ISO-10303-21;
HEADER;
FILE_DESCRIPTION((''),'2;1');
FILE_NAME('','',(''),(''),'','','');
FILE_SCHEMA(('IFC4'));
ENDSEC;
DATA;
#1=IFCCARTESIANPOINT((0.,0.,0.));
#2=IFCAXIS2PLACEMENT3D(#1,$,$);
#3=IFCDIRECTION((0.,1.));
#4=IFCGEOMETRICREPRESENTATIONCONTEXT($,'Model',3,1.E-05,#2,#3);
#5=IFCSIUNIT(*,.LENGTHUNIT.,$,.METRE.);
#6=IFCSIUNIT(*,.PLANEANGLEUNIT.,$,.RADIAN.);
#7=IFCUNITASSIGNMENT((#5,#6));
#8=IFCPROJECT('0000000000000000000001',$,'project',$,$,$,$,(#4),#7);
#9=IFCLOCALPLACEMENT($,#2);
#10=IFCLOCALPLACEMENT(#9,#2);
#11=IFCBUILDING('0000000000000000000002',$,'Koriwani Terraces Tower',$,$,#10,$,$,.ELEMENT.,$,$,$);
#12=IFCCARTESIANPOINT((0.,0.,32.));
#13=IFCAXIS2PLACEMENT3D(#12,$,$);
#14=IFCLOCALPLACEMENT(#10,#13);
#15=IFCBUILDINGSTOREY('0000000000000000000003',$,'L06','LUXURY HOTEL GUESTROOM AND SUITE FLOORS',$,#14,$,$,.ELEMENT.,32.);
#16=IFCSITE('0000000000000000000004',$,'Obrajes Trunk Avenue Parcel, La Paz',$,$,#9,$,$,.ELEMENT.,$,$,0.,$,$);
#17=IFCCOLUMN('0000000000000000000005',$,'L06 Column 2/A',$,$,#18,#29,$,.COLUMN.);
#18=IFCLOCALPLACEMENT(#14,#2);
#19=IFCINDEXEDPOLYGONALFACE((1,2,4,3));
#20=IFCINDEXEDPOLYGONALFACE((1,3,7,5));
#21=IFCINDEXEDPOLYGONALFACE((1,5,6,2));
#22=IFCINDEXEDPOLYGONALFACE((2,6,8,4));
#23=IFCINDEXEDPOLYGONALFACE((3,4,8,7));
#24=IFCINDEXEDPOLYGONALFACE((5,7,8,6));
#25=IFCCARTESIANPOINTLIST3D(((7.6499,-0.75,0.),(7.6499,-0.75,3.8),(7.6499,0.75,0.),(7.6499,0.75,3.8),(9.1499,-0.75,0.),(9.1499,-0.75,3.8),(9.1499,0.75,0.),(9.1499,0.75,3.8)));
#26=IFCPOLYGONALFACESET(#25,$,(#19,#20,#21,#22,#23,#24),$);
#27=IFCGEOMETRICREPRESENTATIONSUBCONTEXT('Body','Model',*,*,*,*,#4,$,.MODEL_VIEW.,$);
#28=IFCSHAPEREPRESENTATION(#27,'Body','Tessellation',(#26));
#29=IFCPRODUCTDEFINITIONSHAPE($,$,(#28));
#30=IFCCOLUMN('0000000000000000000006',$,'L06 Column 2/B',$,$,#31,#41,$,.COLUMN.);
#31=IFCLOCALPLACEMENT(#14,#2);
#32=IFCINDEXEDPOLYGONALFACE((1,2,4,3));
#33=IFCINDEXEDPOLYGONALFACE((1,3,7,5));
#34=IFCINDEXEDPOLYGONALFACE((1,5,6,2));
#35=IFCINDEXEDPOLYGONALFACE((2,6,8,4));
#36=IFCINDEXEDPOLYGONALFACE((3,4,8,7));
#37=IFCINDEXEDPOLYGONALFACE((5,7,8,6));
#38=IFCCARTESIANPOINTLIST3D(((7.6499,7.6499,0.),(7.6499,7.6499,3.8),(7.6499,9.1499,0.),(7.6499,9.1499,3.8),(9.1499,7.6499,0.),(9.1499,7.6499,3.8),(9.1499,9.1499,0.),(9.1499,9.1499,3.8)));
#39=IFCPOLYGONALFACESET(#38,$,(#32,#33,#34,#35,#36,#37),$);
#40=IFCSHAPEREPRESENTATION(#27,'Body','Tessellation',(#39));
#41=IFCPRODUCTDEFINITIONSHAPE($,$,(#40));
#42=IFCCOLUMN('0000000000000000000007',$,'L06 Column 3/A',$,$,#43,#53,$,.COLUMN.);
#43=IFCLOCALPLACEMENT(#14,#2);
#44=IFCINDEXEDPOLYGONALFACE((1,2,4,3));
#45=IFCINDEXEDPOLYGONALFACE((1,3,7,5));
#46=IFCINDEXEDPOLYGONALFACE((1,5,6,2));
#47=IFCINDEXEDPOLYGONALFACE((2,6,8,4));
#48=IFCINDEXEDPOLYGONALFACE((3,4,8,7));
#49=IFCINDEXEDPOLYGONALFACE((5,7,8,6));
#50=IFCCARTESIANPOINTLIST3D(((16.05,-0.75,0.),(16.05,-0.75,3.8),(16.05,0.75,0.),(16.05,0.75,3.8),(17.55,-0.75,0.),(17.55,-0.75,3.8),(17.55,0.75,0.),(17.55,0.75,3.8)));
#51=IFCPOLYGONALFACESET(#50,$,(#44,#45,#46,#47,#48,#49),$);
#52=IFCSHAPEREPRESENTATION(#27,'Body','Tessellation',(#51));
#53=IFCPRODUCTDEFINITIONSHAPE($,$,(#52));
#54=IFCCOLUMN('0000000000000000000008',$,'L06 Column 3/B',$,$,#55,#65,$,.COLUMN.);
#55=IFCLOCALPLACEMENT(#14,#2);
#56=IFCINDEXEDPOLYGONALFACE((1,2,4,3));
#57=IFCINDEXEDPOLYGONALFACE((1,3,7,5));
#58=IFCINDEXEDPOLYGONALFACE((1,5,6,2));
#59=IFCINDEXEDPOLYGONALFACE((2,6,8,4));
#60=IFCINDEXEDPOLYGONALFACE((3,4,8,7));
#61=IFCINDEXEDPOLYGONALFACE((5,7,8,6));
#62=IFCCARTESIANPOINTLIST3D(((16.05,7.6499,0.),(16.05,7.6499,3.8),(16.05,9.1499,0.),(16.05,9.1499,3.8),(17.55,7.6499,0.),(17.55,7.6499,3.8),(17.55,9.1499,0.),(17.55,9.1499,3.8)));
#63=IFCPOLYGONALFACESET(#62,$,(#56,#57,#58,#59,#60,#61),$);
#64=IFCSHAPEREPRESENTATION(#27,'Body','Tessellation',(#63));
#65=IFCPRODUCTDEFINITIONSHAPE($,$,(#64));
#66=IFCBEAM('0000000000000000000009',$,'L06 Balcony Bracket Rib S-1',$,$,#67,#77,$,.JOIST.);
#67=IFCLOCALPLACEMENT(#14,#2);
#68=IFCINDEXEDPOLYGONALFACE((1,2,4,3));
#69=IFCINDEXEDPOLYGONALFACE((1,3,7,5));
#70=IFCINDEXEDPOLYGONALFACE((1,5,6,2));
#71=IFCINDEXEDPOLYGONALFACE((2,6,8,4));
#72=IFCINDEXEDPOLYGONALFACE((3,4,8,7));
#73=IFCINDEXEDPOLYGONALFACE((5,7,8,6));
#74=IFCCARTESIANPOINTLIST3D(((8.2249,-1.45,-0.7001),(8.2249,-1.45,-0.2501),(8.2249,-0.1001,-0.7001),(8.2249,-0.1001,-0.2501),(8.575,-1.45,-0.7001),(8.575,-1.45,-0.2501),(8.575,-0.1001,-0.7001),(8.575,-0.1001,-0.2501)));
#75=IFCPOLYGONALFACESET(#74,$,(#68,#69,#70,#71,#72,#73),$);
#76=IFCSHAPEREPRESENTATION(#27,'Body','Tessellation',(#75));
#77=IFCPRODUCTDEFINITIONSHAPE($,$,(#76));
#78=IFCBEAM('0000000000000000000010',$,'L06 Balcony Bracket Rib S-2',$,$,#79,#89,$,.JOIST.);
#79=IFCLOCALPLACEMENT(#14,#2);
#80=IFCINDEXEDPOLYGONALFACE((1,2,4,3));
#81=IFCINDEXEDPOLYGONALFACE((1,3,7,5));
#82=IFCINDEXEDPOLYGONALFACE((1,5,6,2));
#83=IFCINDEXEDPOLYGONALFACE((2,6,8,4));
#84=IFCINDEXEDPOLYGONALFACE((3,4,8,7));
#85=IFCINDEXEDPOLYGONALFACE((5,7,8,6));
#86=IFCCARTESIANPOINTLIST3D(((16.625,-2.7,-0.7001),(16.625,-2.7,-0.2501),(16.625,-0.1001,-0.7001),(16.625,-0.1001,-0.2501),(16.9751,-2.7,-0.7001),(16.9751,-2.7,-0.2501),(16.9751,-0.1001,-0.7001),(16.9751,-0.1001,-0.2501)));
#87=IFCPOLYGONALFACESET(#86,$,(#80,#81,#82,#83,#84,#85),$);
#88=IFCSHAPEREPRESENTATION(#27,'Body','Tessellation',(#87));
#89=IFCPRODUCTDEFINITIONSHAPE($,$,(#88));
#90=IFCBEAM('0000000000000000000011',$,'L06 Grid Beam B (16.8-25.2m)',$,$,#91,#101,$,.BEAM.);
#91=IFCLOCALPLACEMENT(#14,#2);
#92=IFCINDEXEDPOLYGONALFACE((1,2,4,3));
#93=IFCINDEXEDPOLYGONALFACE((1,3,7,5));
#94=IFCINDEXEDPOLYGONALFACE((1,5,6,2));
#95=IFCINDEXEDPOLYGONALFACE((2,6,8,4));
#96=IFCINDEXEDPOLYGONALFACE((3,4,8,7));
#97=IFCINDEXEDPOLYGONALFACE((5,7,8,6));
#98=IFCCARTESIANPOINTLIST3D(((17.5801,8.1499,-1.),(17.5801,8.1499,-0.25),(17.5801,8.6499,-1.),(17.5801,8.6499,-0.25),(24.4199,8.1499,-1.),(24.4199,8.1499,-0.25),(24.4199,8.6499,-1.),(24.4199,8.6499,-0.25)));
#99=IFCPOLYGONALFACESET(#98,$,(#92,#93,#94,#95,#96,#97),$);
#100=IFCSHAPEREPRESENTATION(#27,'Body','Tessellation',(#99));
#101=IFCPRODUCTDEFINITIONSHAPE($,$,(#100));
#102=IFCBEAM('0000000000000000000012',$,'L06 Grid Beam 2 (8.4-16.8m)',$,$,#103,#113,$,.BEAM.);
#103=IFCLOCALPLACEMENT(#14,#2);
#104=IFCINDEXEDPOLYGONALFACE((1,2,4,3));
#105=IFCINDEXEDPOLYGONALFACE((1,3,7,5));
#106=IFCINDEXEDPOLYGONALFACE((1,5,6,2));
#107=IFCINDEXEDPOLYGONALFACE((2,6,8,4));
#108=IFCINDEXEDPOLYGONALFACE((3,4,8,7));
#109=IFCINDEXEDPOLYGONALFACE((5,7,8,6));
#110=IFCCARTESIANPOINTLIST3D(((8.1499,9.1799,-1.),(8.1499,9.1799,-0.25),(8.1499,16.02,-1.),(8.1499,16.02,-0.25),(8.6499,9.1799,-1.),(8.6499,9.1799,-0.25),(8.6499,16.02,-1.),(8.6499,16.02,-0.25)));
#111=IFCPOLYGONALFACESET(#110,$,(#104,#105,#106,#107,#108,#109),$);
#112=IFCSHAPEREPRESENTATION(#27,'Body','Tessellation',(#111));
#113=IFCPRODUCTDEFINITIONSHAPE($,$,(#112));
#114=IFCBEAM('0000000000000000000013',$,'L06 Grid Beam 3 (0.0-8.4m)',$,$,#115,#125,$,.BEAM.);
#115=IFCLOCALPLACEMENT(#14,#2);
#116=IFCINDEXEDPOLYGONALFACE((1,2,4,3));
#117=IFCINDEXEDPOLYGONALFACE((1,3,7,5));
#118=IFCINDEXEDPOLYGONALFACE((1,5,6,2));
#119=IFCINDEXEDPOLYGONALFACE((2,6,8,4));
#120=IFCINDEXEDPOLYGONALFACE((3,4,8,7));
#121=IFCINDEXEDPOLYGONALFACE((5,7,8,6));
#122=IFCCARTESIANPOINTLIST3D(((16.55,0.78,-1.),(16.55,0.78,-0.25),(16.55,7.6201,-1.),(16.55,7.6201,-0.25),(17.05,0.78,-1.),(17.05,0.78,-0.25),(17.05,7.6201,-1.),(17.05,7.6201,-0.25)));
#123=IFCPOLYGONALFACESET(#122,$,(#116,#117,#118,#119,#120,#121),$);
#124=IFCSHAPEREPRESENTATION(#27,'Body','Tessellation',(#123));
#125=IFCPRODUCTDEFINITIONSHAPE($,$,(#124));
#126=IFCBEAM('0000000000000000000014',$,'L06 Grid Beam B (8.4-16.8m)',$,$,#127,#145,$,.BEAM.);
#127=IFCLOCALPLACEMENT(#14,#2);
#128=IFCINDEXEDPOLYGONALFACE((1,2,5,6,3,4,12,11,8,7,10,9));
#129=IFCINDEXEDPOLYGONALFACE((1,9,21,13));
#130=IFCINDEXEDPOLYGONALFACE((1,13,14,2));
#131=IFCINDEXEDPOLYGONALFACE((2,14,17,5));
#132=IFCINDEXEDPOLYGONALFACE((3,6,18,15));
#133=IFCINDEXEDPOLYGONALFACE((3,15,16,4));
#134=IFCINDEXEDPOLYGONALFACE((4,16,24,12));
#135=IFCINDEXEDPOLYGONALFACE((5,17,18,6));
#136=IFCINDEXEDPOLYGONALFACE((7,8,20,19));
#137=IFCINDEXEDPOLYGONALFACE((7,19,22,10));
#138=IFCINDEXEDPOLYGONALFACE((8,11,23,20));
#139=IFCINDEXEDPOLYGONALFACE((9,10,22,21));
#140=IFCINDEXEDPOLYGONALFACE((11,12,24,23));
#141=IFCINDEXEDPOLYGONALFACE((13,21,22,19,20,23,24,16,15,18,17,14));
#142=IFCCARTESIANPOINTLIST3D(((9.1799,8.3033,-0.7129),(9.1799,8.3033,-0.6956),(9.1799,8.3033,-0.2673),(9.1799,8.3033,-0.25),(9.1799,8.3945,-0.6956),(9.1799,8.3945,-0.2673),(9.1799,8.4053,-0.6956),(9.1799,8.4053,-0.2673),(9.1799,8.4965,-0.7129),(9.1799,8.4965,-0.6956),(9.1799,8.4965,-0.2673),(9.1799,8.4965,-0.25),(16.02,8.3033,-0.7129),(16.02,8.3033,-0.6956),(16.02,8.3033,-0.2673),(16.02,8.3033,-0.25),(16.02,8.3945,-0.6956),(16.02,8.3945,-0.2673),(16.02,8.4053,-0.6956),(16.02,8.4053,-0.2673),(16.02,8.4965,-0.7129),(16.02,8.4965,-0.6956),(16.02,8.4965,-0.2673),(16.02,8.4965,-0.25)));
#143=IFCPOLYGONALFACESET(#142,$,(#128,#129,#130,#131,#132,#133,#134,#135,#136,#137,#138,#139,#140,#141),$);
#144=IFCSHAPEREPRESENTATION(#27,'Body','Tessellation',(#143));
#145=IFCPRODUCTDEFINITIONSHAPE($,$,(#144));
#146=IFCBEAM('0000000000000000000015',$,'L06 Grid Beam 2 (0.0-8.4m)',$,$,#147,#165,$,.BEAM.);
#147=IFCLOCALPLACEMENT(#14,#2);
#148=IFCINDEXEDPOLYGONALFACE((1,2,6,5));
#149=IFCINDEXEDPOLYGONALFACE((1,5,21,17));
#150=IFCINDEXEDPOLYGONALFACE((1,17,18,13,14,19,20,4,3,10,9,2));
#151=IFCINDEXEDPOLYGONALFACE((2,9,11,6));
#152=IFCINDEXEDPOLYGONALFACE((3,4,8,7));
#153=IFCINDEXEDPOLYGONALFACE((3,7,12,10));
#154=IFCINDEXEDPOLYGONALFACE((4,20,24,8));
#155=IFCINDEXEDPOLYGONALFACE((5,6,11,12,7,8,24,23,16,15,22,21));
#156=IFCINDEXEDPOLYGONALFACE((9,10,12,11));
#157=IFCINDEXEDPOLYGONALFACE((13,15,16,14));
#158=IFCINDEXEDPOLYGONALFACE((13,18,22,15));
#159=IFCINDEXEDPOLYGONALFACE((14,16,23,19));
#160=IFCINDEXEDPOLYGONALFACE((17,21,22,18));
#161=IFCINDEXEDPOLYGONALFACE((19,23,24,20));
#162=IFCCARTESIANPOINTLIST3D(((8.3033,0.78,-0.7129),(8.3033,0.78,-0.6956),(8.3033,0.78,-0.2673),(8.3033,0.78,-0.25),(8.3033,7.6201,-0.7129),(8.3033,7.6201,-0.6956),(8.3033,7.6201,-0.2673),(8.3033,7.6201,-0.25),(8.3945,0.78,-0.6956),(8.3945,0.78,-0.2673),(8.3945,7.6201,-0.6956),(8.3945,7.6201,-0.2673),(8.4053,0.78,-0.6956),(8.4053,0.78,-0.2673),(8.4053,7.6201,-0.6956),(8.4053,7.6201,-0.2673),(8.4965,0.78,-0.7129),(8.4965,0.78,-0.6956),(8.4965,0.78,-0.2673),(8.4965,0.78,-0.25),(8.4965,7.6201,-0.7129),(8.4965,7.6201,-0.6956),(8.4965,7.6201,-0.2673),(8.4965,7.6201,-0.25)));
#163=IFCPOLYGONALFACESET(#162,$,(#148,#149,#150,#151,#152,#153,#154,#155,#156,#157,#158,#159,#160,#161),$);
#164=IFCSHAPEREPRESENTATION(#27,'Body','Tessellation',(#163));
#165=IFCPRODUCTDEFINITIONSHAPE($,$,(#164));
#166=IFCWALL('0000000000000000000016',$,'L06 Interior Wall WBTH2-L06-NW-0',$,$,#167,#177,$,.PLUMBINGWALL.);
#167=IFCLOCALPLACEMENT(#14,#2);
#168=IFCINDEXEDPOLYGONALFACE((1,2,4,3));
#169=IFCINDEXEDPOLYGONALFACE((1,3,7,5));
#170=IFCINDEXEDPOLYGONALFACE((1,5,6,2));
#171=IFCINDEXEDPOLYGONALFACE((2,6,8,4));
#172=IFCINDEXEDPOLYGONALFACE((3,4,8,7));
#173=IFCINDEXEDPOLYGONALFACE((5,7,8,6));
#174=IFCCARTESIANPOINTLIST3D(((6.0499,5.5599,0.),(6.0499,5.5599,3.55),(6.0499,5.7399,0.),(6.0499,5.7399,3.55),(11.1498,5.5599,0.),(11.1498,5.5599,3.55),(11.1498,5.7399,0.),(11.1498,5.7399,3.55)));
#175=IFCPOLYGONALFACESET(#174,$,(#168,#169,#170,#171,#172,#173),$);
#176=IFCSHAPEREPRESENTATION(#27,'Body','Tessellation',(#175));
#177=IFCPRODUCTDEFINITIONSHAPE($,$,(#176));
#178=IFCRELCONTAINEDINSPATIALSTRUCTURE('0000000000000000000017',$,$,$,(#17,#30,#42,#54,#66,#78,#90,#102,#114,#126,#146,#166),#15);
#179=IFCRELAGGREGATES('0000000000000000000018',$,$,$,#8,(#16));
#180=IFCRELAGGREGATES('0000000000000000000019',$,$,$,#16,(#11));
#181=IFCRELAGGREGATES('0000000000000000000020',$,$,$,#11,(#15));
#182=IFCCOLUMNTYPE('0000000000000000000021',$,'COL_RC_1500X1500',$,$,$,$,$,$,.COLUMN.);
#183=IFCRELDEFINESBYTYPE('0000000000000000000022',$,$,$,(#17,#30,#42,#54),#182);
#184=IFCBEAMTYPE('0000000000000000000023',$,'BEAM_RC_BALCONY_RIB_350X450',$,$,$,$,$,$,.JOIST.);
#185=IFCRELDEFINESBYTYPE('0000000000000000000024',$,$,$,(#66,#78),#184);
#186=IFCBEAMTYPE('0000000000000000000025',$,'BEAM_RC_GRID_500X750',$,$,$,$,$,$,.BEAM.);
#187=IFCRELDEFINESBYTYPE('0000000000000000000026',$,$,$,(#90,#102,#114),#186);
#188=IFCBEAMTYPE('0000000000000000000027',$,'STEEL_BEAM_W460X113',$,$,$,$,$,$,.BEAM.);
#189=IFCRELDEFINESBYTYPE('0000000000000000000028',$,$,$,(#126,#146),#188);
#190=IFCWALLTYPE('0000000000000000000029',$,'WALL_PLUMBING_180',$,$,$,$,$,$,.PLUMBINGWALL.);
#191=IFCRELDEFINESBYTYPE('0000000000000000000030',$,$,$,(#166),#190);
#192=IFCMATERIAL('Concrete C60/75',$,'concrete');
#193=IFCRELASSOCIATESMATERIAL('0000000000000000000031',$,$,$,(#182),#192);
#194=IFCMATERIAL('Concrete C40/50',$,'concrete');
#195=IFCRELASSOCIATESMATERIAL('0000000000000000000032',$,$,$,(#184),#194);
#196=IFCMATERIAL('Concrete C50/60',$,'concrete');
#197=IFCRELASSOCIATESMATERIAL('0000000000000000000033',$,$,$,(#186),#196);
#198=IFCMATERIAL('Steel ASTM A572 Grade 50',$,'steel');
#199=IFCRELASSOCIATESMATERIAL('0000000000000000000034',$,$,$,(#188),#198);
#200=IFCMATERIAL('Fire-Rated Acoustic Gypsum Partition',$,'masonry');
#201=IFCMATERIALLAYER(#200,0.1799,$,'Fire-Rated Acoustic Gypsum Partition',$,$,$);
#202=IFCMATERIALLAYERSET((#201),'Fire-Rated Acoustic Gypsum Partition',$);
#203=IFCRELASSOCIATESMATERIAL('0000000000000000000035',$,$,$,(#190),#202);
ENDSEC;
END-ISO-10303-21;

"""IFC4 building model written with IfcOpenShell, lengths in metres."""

from ifc_helpers import new_model, si_unit, direction, frame, frame_2d, origin, origin_2d, place, context, subcontext, project, spatial, rectangle, i_section, extrude, material, layer, layer_set, material_profile, profile_set, type_object, element, save


model = new_model("IFC4")

# Units and contexts
model_context = context("Model", 3, precision=1e-05, world=origin(), true_north=direction((0.0, 1.0)))
body_context = subcontext(model_context, "Body", "Model", "MODEL_VIEW")
ifc_project = project(units=[si_unit("LENGTHUNIT", "METRE"), si_unit("PLANEANGLEUNIT", "RADIAN")], contexts=[model_context])

# Site, building, storey
site_placement = place(None, origin())
site = spatial("IfcSite", under=ifc_project, at=site_placement, Name="Obrajes Trunk Avenue Parcel, La Paz", CompositionType="ELEMENT", RefElevation=0.0)
building_placement = place(site_placement, origin())
building = spatial("IfcBuilding", under=site, at=building_placement, Name="Koriwani Terraces Tower", CompositionType="ELEMENT")
storey_placement = place(building_placement, frame((0.0, 0.0, 32.0)))
storey = spatial("IfcBuildingStorey", under=building, at=storey_placement, Name="L06", Description="LUXURY HOTEL GUESTROOM AND SUITE FLOORS", CompositionType="ELEMENT", Elevation=32.0)

# Columns
ifc_material_1 = material(Name="Concrete C60/75", Category="concrete")
ifc_material_profile_1 = material_profile(ifc_material_1, rectangle(XDim=1.5, YDim=1.5, at=origin_2d()), Name="Concrete C60/75", Category="LoadBearing")
ifc_profile_set_1 = profile_set([ifc_material_profile_1], Name="Concrete C60/75")
column_type = type_object("IfcColumnType", Name="COL_RC_1500X1500", PredefinedType="COLUMN", material=ifc_profile_set_1)
for number, where, z_axis, x_axis, name in (
    (1, (8.3999, 0.0, 0.0), (0.0, 0.0, 1.0), (1.0, 0.0, 0.0), "L06 Column 2/A"),
    (2, (8.3999, 8.3999, 0.0), (0.0, 0.0, 1.0), (1.0, 0.0, 0.0), "L06 Column 2/B"),
    (3, (16.8, 0.0, 0.0), (0.0, 0.0, 1.0), (1.0, 0.0, 0.0), "L06 Column 3/A"),
    (4, (16.8, 8.3999, 0.0), (0.0, 0.0, 1.0), (1.0, 0.0, 0.0), "L06 Column 3/B"),
):
    element("IfcColumn", number, at=place(storey_placement, frame(where, z_axis=z_axis, x_axis=x_axis)), inside=storey, type_object=column_type, Name=name, PredefinedType="COLUMN", context=body_context, shape_type="SweptSolid", body=[
        extrude(rectangle(XDim=1.5, YDim=1.5, at=origin_2d()), origin(), (0.0, 0.0, 1.0), 3.8),
    ])

# Beams
ifc_material_2 = material(Name="Concrete C40/50", Category="concrete")
ifc_material_profile_2 = material_profile(ifc_material_2, rectangle(XDim=0.3501, YDim=0.45, at=origin_2d()), Name="Concrete C40/50", Category="LoadBearing")
ifc_profile_set_2 = profile_set([ifc_material_profile_2], Name="Concrete C40/50")
beam_type_1 = type_object("IfcBeamType", Name="BEAM_RC_BALCONY_RIB_350X450", PredefinedType="JOIST", material=ifc_profile_set_2)
beam_1_placement = place(storey_placement, frame((8.3999, -1.45, -0.4751), z_axis=(0.0, 1.0, 0.0), x_axis=(-1.0, 0.0, 0.0)))
element("IfcBeam", 5, at=beam_1_placement, inside=storey, type_object=beam_type_1, Name="L06 Balcony Bracket Rib S-1", PredefinedType="JOIST", context=body_context, shape_type="SweptSolid", body=[
    extrude(rectangle(XDim=0.3501, YDim=0.45, at=origin_2d()), origin(), (0.0, 0.0, 1.0), 1.3499),
])
beam_2_placement = place(storey_placement, frame((16.8, -2.7, -0.4751), z_axis=(0.0, 1.0, 0.0), x_axis=(-1.0, 0.0, 0.0)))
element("IfcBeam", 6, at=beam_2_placement, inside=storey, type_object=beam_type_1, Name="L06 Balcony Bracket Rib S-2", PredefinedType="JOIST", context=body_context, shape_type="SweptSolid", body=[
    extrude(rectangle(XDim=0.3501, YDim=0.45, at=origin_2d()), origin(), (0.0, 0.0, 1.0), 2.5999),
])
ifc_material_3 = material(Name="Concrete C50/60", Category="concrete")
ifc_material_profile_3 = material_profile(ifc_material_3, rectangle(XDim=0.5, YDim=0.75, at=origin_2d()), Name="Concrete C50/60", Category="LoadBearing")
ifc_profile_set_3 = profile_set([ifc_material_profile_3], Name="Concrete C50/60")
beam_type_2 = type_object("IfcBeamType", Name="BEAM_RC_GRID_500X750", PredefinedType="BEAM", material=ifc_profile_set_3)
beam_3_placement = place(storey_placement, frame((17.5801, 8.3999, -0.625), z_axis=(1.0, 0.0, 0.0), x_axis=(0.0, 1.0, 0.0)))
element("IfcBeam", 7, at=beam_3_placement, inside=storey, type_object=beam_type_2, Name="L06 Grid Beam B (16.8-25.2m)", PredefinedType="BEAM", context=body_context, shape_type="SweptSolid", body=[
    extrude(rectangle(XDim=0.5, YDim=0.75, at=origin_2d()), origin(), (0.0, 0.0, 1.0), 6.8398),
])
for number, where, z_axis, x_axis, name in (
    (8, (8.3999, 9.1799, -0.625), (0.0, 1.0, 0.0), (-1.0, 0.0, 0.0), "L06 Grid Beam 2 (8.4-16.8m)"),
    (9, (16.8, 0.78, -0.625), (0.0, 1.0, 0.0), (-1.0, 0.0, 0.0), "L06 Grid Beam 3 (0.0-8.4m)"),
):
    element("IfcBeam", number, at=place(storey_placement, frame(where, z_axis=z_axis, x_axis=x_axis)), inside=storey, type_object=beam_type_2, Name=name, PredefinedType="BEAM", context=body_context, shape_type="SweptSolid", body=[
        extrude(rectangle(XDim=0.5, YDim=0.75, at=origin_2d()), origin(), (0.0, 0.0, 1.0), 6.8401),
    ])
ifc_material_4 = material(Name="Steel ASTM A572 Grade 50", Category="steel")
ifc_material_profile_4 = material_profile(ifc_material_4, i_section(OverallWidth=0.1931, OverallDepth=0.4629, WebThickness=0.0107, FlangeThickness=0.0173, at=origin_2d()), Name="Steel ASTM A572 Grade 50", Category="LoadBearing")
ifc_profile_set_4 = profile_set([ifc_material_profile_4], Name="Steel ASTM A572 Grade 50")
beam_type_3 = type_object("IfcBeamType", Name="STEEL_BEAM_W460X113", PredefinedType="BEAM", material=ifc_profile_set_4)
for number, where, z_axis, x_axis, name in (
    (10, (9.1799, 8.3999, -0.4814), (1.0, 0.0, 0.0), (0.0, 1.0, 0.0), "L06 Grid Beam B (8.4-16.8m)"),
    (11, (8.3999, 0.78, -0.4814), (0.0, 1.0, 0.0), (-1.0, 0.0, 0.0), "L06 Grid Beam 2 (0.0-8.4m)"),
):
    element("IfcBeam", number, at=place(storey_placement, frame(where, z_axis=z_axis, x_axis=x_axis)), inside=storey, type_object=beam_type_3, Name=name, PredefinedType="BEAM", context=body_context, shape_type="SweptSolid", body=[
        extrude(i_section(OverallWidth=0.1931, OverallDepth=0.4629, WebThickness=0.0107, FlangeThickness=0.0173, at=origin_2d()), origin(), (0.0, 0.0, 1.0), 6.8401),
    ])

# Wall
ifc_material_5 = material(Name="Fire-Rated Acoustic Gypsum Partition", Category="masonry")
ifc_layer_1 = layer(ifc_material_5, 0.1799, Name="Fire-Rated Acoustic Gypsum Partition")
ifc_layer_set_1 = layer_set([ifc_layer_1], Name="Fire-Rated Acoustic Gypsum Partition")
wall_type_1 = type_object("IfcWallType", Name="WALL_PLUMBING_180", PredefinedType="PLUMBINGWALL", material=ifc_layer_set_1)
wall_1_placement = place(storey_placement, frame((6.05, 5.6499, 0.0), z_axis=(0.0, 0.0, 1.0), x_axis=(1.0, 0.0, 0.0)))
element("IfcWall", 12, at=wall_1_placement, inside=storey, type_object=wall_type_1, Name="L06 Interior Wall WBTH2-L06-NW-0", PredefinedType="PLUMBINGWALL", context=body_context, shape_type="SweptSolid", body=[
    extrude(rectangle(XDim=5.0999, YDim=0.1799, at=frame_2d((2.5498, 0.0))), origin(), (0.0, 0.0, 1.0), 3.55),
])

save(model, "model.ifc")
